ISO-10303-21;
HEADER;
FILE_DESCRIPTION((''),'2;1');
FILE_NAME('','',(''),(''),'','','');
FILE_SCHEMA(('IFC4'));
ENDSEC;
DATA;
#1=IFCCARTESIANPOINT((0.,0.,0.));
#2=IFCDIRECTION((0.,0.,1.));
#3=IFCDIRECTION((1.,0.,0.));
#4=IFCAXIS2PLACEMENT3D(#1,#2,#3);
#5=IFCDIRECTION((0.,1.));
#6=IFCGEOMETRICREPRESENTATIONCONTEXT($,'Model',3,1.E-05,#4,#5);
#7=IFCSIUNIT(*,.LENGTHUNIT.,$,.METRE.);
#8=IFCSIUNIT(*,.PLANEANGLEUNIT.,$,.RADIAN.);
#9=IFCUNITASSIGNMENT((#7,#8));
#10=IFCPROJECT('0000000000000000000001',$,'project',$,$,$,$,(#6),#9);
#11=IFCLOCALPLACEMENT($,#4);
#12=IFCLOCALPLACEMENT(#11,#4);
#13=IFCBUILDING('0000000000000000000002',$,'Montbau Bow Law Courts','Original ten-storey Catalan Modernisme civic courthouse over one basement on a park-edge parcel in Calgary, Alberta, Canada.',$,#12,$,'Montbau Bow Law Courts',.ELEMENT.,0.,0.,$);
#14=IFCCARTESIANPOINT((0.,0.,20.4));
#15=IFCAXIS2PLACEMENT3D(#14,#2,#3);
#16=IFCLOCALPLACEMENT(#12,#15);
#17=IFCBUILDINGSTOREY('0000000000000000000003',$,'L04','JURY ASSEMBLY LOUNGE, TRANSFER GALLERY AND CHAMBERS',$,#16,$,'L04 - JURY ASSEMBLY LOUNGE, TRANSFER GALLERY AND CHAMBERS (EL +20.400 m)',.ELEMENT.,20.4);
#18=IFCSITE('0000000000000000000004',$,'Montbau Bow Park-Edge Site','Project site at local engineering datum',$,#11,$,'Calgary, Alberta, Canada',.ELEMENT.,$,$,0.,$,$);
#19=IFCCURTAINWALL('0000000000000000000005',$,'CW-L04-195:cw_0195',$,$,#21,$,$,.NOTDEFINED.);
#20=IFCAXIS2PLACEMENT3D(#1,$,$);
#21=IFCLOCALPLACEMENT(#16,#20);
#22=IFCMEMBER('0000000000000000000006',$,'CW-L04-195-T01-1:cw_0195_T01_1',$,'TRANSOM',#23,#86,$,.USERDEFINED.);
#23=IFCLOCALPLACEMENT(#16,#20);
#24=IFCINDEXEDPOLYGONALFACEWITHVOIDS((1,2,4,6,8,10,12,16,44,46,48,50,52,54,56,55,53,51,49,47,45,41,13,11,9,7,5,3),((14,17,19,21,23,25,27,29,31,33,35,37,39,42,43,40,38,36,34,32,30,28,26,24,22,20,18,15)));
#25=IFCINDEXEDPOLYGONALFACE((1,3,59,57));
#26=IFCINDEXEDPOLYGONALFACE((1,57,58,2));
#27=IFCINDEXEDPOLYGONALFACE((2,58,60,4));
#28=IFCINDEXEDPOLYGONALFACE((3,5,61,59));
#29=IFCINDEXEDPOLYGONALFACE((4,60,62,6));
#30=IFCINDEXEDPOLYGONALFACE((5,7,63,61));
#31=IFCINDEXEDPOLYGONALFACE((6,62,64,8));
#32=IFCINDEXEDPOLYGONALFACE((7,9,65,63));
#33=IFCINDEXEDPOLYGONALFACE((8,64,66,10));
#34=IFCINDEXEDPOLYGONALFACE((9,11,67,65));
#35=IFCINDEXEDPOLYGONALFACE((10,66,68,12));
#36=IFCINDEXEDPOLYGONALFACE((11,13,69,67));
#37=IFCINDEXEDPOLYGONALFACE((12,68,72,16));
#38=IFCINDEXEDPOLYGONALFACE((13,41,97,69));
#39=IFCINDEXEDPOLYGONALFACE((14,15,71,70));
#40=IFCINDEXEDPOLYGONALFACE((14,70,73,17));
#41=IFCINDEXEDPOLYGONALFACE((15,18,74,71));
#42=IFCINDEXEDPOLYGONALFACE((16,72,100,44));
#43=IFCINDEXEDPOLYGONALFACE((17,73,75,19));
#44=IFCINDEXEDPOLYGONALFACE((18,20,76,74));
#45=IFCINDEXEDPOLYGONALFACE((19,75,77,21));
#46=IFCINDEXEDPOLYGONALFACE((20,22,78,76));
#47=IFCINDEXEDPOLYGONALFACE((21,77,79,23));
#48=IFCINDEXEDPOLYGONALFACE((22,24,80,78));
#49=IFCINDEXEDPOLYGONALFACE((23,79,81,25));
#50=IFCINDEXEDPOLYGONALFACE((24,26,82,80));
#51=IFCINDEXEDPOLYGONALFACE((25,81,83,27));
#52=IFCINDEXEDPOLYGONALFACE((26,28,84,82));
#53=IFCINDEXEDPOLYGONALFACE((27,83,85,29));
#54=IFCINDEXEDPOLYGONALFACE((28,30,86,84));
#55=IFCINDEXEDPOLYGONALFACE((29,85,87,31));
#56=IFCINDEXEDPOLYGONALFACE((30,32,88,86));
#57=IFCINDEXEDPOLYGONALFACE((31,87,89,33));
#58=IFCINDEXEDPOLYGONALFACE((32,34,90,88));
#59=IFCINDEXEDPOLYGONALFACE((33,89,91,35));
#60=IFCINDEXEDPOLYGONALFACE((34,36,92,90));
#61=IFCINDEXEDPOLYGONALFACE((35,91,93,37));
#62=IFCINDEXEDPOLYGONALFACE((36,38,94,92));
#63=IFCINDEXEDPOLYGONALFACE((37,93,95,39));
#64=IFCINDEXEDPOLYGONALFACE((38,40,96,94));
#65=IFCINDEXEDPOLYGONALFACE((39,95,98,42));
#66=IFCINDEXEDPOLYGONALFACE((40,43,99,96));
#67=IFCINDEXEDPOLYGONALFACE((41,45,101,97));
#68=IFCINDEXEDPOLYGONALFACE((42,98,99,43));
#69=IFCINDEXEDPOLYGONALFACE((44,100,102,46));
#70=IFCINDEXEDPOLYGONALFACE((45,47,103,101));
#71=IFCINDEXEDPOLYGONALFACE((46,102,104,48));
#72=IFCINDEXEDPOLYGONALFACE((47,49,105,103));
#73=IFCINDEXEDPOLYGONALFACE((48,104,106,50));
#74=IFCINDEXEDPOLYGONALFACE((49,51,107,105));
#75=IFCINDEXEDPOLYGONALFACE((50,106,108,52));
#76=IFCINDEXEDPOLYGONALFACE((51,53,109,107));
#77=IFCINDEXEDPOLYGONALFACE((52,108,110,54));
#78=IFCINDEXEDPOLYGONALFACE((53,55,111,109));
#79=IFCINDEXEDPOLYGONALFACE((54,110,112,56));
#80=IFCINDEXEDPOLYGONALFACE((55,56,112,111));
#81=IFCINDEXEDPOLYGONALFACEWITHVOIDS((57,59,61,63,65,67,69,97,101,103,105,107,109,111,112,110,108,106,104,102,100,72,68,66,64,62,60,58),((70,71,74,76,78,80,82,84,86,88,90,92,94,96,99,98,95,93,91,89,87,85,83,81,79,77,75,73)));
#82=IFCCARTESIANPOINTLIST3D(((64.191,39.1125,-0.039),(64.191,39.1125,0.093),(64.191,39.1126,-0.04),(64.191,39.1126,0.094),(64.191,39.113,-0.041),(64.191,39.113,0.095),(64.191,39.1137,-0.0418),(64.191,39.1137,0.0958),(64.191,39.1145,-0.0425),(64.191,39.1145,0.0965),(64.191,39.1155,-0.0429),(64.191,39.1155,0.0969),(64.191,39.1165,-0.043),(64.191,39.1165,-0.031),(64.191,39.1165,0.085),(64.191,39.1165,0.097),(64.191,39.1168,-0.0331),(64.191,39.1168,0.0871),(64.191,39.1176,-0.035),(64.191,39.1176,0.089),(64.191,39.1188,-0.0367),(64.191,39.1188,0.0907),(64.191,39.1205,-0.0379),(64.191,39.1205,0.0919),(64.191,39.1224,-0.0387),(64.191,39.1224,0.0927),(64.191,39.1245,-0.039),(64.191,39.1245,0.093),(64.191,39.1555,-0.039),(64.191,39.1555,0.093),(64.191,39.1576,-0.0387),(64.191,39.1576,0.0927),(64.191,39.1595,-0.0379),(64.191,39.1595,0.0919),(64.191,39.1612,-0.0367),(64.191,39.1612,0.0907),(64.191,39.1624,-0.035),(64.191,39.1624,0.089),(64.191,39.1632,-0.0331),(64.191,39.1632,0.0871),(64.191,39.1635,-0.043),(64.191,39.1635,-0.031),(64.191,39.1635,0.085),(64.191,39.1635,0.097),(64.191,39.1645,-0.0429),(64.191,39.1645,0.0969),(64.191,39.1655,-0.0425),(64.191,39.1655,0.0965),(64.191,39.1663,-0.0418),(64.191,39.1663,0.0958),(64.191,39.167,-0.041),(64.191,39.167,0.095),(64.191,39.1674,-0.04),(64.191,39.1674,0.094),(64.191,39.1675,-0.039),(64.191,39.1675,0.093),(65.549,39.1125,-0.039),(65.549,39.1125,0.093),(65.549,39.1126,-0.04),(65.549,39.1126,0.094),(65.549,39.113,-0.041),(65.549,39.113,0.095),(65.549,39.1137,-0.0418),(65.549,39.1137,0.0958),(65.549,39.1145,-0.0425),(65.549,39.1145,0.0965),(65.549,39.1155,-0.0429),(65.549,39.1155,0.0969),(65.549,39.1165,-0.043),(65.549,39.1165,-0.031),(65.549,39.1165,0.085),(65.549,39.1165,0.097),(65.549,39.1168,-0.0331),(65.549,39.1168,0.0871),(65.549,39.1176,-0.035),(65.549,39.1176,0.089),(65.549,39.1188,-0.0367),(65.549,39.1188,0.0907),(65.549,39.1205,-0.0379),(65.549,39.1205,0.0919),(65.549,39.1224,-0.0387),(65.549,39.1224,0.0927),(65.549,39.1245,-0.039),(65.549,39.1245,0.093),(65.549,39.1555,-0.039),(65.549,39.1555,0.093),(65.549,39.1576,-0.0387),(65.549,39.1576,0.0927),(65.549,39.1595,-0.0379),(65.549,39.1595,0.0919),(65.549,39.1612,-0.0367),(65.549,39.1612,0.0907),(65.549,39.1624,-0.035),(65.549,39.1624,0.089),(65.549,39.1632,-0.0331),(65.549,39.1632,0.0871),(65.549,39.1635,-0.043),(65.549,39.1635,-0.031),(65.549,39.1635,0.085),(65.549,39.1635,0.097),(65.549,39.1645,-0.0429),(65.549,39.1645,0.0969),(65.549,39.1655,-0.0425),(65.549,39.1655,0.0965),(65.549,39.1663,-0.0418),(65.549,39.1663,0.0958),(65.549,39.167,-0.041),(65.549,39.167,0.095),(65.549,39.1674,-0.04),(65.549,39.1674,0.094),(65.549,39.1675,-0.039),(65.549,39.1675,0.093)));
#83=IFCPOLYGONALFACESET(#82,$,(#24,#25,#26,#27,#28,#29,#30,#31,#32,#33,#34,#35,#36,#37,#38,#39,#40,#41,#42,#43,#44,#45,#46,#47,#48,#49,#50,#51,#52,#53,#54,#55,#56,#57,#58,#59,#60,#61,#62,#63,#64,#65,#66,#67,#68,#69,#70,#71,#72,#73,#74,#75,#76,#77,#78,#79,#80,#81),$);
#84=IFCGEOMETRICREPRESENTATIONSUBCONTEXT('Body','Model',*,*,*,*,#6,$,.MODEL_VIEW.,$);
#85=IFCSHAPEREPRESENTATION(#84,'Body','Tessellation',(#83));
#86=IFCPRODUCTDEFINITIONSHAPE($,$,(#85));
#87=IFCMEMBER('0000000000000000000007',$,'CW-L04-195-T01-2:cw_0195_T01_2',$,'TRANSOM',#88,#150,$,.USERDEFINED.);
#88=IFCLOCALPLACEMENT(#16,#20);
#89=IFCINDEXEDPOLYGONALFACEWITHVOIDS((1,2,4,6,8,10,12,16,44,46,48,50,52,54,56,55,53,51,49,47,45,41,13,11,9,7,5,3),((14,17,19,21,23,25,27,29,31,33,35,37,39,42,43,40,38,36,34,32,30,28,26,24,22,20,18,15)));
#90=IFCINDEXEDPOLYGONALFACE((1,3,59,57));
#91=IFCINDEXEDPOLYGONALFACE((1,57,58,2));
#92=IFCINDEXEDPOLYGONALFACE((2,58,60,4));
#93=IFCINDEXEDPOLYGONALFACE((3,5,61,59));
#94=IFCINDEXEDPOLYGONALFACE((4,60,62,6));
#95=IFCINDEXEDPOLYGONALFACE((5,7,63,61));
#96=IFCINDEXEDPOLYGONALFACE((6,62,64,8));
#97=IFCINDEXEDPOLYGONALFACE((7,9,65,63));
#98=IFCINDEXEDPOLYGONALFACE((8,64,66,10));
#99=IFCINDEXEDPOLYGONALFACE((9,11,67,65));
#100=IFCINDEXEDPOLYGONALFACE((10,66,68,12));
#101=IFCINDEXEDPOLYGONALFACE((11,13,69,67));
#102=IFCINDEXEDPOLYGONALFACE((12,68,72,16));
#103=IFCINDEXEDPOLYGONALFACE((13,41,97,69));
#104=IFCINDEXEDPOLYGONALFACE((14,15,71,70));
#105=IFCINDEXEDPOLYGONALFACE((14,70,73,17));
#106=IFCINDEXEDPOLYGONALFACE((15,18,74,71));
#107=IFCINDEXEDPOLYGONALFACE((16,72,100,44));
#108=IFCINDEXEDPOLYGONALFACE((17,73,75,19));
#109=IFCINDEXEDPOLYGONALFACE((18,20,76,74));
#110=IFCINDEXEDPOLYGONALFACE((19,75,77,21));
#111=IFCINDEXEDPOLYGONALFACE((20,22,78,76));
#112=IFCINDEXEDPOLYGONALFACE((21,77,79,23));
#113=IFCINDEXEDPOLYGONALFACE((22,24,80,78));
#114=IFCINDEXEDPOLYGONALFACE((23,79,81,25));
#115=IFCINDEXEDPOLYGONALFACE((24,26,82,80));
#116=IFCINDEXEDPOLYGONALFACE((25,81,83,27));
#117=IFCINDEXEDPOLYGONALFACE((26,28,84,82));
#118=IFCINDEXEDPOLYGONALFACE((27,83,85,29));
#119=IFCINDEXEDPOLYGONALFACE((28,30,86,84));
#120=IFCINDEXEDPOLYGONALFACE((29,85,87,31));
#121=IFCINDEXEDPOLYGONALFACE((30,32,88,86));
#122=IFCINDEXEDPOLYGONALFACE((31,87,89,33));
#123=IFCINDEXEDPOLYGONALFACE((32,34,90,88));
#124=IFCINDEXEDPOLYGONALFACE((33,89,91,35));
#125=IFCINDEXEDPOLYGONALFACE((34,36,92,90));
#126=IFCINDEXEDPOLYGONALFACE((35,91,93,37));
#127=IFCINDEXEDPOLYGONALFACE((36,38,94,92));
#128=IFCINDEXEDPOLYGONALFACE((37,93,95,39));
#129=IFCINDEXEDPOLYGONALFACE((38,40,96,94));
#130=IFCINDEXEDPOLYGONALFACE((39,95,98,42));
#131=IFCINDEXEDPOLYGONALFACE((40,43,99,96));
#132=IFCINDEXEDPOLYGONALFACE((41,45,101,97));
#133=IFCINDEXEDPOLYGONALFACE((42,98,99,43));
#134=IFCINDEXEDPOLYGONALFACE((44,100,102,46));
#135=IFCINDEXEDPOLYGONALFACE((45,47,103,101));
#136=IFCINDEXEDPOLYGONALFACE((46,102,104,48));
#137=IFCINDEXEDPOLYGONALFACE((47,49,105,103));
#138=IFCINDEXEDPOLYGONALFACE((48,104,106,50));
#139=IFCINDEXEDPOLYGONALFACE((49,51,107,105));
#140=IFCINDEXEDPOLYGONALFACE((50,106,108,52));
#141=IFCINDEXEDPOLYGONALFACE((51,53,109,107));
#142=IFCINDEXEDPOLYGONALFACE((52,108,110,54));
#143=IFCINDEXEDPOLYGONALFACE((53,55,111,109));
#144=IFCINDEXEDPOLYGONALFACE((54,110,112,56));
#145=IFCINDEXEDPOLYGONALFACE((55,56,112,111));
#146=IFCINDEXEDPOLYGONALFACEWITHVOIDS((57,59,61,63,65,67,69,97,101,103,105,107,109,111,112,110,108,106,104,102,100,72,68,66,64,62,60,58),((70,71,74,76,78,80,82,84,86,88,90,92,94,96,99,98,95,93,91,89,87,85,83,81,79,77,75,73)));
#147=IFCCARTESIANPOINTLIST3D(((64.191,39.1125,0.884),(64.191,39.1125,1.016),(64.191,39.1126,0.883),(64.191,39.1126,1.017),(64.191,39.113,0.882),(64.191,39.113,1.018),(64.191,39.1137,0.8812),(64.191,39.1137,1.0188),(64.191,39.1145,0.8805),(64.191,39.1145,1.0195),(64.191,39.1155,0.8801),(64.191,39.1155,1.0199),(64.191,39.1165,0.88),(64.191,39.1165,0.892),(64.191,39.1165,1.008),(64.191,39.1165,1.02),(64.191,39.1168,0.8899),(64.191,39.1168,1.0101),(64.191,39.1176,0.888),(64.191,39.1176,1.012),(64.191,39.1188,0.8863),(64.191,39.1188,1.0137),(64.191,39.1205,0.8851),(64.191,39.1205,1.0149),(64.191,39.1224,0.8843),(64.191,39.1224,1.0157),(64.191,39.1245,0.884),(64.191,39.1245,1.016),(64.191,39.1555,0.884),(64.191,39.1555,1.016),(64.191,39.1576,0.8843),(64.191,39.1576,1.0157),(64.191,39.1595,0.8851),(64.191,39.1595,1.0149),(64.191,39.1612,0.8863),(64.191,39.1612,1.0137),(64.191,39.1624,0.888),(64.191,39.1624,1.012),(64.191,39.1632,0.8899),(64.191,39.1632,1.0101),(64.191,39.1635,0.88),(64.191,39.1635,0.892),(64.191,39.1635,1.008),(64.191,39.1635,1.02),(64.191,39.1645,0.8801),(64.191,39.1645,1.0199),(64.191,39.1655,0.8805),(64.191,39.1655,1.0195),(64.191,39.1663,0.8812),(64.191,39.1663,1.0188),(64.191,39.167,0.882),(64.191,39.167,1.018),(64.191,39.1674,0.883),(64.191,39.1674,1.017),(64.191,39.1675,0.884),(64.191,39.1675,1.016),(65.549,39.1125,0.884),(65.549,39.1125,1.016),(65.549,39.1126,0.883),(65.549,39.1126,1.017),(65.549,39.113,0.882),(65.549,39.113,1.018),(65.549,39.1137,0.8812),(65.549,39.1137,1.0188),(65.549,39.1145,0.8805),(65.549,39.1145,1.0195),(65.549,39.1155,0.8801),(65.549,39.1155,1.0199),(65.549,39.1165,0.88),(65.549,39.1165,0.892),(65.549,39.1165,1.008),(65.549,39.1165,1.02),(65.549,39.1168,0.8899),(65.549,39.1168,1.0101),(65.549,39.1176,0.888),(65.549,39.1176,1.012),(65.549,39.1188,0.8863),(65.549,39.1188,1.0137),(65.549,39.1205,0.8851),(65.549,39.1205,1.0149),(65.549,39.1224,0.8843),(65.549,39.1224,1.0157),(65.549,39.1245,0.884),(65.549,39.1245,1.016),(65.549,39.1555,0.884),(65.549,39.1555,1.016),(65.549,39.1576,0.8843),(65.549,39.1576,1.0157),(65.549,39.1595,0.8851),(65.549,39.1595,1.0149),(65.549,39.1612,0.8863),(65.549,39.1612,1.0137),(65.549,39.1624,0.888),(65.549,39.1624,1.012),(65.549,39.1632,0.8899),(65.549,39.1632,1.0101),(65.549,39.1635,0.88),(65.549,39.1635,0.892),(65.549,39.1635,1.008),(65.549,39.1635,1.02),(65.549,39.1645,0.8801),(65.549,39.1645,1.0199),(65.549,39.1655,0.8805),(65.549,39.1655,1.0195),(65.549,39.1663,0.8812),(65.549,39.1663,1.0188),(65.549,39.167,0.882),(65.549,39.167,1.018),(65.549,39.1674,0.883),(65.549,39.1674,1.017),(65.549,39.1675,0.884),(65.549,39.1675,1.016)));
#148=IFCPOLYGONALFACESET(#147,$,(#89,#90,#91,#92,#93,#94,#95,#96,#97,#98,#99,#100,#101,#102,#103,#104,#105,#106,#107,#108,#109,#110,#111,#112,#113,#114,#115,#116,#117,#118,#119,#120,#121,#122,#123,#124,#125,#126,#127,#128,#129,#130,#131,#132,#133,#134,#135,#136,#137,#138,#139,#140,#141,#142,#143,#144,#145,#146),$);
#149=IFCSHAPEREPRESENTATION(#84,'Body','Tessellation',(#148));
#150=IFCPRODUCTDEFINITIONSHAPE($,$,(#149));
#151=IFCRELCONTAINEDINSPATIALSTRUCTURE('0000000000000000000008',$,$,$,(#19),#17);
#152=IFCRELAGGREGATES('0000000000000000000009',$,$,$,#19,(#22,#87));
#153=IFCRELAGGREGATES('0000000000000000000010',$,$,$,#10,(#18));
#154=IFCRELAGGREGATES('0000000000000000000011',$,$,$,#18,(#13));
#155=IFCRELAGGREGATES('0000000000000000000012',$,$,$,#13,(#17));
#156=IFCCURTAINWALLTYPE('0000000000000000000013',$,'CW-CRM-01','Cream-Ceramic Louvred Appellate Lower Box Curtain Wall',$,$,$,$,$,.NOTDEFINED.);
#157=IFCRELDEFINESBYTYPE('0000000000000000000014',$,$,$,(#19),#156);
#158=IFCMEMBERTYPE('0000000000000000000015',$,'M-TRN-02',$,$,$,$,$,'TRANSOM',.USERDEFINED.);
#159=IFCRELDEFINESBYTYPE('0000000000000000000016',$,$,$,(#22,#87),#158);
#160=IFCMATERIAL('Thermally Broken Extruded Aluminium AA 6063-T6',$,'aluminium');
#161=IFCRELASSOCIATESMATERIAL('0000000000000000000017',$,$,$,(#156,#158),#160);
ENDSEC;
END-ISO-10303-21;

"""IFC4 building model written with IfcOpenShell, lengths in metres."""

from ifc_helpers import new_model, si_unit, direction, frame, origin_with_axes, origin_2d_with_axis, place, context, subcontext, project, spatial, hollow_rectangle, extrude, material, material_profile, profile_set, type_object, element, aggregate, save


model = new_model("IFC4")

# Units and contexts
model_context = context("Model", 3, precision=1e-05, world=origin_with_axes(), true_north=direction((0.0, 1.0)))
body_context = subcontext(model_context, "Body", "Model", "MODEL_VIEW")
ifc_project = project(units=[si_unit("LENGTHUNIT", "METRE"), si_unit("PLANEANGLEUNIT", "RADIAN")], contexts=[model_context])

# Site, building, storey
site_placement = place(None, origin_with_axes())
site = spatial("IfcSite", under=ifc_project, at=site_placement, Name="Montbau Bow Park-Edge Site", Description="Project site at local engineering datum", LongName="Calgary, Alberta, Canada", CompositionType="ELEMENT", RefElevation=0.0)
building_placement = place(site_placement, origin_with_axes())
building = spatial("IfcBuilding", under=site, at=building_placement, Name="Montbau Bow Law Courts", Description="Original ten-storey Catalan Modernisme civic courthouse over one basement on a park-edge parcel in Calgary, Alberta, Canada.", LongName="Montbau Bow Law Courts", CompositionType="ELEMENT", ElevationOfRefHeight=0.0, ElevationOfTerrain=0.0)
storey_placement = place(building_placement, frame((0.0, 0.0, 20.4), z_axis=(0.0, 0.0, 1.0), x_axis=(1.0, 0.0, 0.0)))
storey = spatial("IfcBuildingStorey", under=building, at=storey_placement, Name="L04", Description="JURY ASSEMBLY LOUNGE, TRANSFER GALLERY AND CHAMBERS", LongName="L04 - JURY ASSEMBLY LOUNGE, TRANSFER GALLERY AND CHAMBERS (EL +20.400 m)", CompositionType="ELEMENT", Elevation=20.4)

# Curtain wall
ifc_material_1 = material(Name="Thermally Broken Extruded Aluminium AA 6063-T6", Category="aluminium")
curtain_wall_type = type_object("IfcCurtainWallType", Name="CW-CRM-01", Description="Cream-Ceramic Louvred Appellate Lower Box Curtain Wall", PredefinedType="NOTDEFINED", material=ifc_material_1)
curtain_wall_1_placement = place(None, frame((64.115, 39.14, 20.4), z_axis=(0.0, 0.0, 1.0), x_axis=(1.0, 0.0, 0.0)))
curtain_wall_1 = element("IfcCurtainWall", 1, at=curtain_wall_1_placement, inside=storey, type_object=curtain_wall_type, Name="CW-L04-195:cw_0195", PredefinedType="NOTDEFINED")

# Members
ifc_material_profile_1 = material_profile(ifc_material_1, hollow_rectangle(XDim=0.055, YDim=0.14, WallThickness=0.004, InnerFilletRadius=0.008, OuterFilletRadius=0.004, at=origin_2d_with_axis()), Name="CWT-140X55", Category="Main", Priority=0)
ifc_profile_set_1 = profile_set([ifc_material_profile_1], Name="Thermally Broken Extruded Aluminium AA 6063-T6")
member_type_1 = type_object("IfcMemberType", Name="M-TRN-02", ElementType="TRANSOM", PredefinedType="USERDEFINED", material=ifc_profile_set_1)
member_1_placement = place(None, frame((64.191, 39.14, 20.427), z_axis=(1.0, 0.0, 0.0), x_axis=(0.0, 1.0, 0.0)))
member_1 = element("IfcMember", 2, at=member_1_placement, type_object=member_type_1, Name="CW-L04-195-T01-1:cw_0195_T01_1", ObjectType="TRANSOM", PredefinedType="USERDEFINED", context=body_context, shape_type="SweptSolid", body=[
    extrude(hollow_rectangle(XDim=0.055, YDim=0.14, WallThickness=0.004, InnerFilletRadius=0.008, OuterFilletRadius=0.004, at=origin_2d_with_axis()), origin_with_axes(), (0.0, 0.0, 1.0), 1.358),
])
member_2_placement = place(None, frame((64.191, 39.14, 21.35), z_axis=(1.0, 0.0, 0.0), x_axis=(0.0, 1.0, 0.0)))
member_2 = element("IfcMember", 3, at=member_2_placement, type_object=member_type_1, Name="CW-L04-195-T01-2:cw_0195_T01_2", ObjectType="TRANSOM", PredefinedType="USERDEFINED", context=body_context, shape_type="SweptSolid", body=[
    extrude(hollow_rectangle(XDim=0.055, YDim=0.14, WallThickness=0.004, InnerFilletRadius=0.008, OuterFilletRadius=0.004, at=origin_2d_with_axis()), origin_with_axes(), (0.0, 0.0, 1.0), 1.358),
])

aggregate(curtain_wall_1, [member_1, member_2])

save(model, "model.ifc")
